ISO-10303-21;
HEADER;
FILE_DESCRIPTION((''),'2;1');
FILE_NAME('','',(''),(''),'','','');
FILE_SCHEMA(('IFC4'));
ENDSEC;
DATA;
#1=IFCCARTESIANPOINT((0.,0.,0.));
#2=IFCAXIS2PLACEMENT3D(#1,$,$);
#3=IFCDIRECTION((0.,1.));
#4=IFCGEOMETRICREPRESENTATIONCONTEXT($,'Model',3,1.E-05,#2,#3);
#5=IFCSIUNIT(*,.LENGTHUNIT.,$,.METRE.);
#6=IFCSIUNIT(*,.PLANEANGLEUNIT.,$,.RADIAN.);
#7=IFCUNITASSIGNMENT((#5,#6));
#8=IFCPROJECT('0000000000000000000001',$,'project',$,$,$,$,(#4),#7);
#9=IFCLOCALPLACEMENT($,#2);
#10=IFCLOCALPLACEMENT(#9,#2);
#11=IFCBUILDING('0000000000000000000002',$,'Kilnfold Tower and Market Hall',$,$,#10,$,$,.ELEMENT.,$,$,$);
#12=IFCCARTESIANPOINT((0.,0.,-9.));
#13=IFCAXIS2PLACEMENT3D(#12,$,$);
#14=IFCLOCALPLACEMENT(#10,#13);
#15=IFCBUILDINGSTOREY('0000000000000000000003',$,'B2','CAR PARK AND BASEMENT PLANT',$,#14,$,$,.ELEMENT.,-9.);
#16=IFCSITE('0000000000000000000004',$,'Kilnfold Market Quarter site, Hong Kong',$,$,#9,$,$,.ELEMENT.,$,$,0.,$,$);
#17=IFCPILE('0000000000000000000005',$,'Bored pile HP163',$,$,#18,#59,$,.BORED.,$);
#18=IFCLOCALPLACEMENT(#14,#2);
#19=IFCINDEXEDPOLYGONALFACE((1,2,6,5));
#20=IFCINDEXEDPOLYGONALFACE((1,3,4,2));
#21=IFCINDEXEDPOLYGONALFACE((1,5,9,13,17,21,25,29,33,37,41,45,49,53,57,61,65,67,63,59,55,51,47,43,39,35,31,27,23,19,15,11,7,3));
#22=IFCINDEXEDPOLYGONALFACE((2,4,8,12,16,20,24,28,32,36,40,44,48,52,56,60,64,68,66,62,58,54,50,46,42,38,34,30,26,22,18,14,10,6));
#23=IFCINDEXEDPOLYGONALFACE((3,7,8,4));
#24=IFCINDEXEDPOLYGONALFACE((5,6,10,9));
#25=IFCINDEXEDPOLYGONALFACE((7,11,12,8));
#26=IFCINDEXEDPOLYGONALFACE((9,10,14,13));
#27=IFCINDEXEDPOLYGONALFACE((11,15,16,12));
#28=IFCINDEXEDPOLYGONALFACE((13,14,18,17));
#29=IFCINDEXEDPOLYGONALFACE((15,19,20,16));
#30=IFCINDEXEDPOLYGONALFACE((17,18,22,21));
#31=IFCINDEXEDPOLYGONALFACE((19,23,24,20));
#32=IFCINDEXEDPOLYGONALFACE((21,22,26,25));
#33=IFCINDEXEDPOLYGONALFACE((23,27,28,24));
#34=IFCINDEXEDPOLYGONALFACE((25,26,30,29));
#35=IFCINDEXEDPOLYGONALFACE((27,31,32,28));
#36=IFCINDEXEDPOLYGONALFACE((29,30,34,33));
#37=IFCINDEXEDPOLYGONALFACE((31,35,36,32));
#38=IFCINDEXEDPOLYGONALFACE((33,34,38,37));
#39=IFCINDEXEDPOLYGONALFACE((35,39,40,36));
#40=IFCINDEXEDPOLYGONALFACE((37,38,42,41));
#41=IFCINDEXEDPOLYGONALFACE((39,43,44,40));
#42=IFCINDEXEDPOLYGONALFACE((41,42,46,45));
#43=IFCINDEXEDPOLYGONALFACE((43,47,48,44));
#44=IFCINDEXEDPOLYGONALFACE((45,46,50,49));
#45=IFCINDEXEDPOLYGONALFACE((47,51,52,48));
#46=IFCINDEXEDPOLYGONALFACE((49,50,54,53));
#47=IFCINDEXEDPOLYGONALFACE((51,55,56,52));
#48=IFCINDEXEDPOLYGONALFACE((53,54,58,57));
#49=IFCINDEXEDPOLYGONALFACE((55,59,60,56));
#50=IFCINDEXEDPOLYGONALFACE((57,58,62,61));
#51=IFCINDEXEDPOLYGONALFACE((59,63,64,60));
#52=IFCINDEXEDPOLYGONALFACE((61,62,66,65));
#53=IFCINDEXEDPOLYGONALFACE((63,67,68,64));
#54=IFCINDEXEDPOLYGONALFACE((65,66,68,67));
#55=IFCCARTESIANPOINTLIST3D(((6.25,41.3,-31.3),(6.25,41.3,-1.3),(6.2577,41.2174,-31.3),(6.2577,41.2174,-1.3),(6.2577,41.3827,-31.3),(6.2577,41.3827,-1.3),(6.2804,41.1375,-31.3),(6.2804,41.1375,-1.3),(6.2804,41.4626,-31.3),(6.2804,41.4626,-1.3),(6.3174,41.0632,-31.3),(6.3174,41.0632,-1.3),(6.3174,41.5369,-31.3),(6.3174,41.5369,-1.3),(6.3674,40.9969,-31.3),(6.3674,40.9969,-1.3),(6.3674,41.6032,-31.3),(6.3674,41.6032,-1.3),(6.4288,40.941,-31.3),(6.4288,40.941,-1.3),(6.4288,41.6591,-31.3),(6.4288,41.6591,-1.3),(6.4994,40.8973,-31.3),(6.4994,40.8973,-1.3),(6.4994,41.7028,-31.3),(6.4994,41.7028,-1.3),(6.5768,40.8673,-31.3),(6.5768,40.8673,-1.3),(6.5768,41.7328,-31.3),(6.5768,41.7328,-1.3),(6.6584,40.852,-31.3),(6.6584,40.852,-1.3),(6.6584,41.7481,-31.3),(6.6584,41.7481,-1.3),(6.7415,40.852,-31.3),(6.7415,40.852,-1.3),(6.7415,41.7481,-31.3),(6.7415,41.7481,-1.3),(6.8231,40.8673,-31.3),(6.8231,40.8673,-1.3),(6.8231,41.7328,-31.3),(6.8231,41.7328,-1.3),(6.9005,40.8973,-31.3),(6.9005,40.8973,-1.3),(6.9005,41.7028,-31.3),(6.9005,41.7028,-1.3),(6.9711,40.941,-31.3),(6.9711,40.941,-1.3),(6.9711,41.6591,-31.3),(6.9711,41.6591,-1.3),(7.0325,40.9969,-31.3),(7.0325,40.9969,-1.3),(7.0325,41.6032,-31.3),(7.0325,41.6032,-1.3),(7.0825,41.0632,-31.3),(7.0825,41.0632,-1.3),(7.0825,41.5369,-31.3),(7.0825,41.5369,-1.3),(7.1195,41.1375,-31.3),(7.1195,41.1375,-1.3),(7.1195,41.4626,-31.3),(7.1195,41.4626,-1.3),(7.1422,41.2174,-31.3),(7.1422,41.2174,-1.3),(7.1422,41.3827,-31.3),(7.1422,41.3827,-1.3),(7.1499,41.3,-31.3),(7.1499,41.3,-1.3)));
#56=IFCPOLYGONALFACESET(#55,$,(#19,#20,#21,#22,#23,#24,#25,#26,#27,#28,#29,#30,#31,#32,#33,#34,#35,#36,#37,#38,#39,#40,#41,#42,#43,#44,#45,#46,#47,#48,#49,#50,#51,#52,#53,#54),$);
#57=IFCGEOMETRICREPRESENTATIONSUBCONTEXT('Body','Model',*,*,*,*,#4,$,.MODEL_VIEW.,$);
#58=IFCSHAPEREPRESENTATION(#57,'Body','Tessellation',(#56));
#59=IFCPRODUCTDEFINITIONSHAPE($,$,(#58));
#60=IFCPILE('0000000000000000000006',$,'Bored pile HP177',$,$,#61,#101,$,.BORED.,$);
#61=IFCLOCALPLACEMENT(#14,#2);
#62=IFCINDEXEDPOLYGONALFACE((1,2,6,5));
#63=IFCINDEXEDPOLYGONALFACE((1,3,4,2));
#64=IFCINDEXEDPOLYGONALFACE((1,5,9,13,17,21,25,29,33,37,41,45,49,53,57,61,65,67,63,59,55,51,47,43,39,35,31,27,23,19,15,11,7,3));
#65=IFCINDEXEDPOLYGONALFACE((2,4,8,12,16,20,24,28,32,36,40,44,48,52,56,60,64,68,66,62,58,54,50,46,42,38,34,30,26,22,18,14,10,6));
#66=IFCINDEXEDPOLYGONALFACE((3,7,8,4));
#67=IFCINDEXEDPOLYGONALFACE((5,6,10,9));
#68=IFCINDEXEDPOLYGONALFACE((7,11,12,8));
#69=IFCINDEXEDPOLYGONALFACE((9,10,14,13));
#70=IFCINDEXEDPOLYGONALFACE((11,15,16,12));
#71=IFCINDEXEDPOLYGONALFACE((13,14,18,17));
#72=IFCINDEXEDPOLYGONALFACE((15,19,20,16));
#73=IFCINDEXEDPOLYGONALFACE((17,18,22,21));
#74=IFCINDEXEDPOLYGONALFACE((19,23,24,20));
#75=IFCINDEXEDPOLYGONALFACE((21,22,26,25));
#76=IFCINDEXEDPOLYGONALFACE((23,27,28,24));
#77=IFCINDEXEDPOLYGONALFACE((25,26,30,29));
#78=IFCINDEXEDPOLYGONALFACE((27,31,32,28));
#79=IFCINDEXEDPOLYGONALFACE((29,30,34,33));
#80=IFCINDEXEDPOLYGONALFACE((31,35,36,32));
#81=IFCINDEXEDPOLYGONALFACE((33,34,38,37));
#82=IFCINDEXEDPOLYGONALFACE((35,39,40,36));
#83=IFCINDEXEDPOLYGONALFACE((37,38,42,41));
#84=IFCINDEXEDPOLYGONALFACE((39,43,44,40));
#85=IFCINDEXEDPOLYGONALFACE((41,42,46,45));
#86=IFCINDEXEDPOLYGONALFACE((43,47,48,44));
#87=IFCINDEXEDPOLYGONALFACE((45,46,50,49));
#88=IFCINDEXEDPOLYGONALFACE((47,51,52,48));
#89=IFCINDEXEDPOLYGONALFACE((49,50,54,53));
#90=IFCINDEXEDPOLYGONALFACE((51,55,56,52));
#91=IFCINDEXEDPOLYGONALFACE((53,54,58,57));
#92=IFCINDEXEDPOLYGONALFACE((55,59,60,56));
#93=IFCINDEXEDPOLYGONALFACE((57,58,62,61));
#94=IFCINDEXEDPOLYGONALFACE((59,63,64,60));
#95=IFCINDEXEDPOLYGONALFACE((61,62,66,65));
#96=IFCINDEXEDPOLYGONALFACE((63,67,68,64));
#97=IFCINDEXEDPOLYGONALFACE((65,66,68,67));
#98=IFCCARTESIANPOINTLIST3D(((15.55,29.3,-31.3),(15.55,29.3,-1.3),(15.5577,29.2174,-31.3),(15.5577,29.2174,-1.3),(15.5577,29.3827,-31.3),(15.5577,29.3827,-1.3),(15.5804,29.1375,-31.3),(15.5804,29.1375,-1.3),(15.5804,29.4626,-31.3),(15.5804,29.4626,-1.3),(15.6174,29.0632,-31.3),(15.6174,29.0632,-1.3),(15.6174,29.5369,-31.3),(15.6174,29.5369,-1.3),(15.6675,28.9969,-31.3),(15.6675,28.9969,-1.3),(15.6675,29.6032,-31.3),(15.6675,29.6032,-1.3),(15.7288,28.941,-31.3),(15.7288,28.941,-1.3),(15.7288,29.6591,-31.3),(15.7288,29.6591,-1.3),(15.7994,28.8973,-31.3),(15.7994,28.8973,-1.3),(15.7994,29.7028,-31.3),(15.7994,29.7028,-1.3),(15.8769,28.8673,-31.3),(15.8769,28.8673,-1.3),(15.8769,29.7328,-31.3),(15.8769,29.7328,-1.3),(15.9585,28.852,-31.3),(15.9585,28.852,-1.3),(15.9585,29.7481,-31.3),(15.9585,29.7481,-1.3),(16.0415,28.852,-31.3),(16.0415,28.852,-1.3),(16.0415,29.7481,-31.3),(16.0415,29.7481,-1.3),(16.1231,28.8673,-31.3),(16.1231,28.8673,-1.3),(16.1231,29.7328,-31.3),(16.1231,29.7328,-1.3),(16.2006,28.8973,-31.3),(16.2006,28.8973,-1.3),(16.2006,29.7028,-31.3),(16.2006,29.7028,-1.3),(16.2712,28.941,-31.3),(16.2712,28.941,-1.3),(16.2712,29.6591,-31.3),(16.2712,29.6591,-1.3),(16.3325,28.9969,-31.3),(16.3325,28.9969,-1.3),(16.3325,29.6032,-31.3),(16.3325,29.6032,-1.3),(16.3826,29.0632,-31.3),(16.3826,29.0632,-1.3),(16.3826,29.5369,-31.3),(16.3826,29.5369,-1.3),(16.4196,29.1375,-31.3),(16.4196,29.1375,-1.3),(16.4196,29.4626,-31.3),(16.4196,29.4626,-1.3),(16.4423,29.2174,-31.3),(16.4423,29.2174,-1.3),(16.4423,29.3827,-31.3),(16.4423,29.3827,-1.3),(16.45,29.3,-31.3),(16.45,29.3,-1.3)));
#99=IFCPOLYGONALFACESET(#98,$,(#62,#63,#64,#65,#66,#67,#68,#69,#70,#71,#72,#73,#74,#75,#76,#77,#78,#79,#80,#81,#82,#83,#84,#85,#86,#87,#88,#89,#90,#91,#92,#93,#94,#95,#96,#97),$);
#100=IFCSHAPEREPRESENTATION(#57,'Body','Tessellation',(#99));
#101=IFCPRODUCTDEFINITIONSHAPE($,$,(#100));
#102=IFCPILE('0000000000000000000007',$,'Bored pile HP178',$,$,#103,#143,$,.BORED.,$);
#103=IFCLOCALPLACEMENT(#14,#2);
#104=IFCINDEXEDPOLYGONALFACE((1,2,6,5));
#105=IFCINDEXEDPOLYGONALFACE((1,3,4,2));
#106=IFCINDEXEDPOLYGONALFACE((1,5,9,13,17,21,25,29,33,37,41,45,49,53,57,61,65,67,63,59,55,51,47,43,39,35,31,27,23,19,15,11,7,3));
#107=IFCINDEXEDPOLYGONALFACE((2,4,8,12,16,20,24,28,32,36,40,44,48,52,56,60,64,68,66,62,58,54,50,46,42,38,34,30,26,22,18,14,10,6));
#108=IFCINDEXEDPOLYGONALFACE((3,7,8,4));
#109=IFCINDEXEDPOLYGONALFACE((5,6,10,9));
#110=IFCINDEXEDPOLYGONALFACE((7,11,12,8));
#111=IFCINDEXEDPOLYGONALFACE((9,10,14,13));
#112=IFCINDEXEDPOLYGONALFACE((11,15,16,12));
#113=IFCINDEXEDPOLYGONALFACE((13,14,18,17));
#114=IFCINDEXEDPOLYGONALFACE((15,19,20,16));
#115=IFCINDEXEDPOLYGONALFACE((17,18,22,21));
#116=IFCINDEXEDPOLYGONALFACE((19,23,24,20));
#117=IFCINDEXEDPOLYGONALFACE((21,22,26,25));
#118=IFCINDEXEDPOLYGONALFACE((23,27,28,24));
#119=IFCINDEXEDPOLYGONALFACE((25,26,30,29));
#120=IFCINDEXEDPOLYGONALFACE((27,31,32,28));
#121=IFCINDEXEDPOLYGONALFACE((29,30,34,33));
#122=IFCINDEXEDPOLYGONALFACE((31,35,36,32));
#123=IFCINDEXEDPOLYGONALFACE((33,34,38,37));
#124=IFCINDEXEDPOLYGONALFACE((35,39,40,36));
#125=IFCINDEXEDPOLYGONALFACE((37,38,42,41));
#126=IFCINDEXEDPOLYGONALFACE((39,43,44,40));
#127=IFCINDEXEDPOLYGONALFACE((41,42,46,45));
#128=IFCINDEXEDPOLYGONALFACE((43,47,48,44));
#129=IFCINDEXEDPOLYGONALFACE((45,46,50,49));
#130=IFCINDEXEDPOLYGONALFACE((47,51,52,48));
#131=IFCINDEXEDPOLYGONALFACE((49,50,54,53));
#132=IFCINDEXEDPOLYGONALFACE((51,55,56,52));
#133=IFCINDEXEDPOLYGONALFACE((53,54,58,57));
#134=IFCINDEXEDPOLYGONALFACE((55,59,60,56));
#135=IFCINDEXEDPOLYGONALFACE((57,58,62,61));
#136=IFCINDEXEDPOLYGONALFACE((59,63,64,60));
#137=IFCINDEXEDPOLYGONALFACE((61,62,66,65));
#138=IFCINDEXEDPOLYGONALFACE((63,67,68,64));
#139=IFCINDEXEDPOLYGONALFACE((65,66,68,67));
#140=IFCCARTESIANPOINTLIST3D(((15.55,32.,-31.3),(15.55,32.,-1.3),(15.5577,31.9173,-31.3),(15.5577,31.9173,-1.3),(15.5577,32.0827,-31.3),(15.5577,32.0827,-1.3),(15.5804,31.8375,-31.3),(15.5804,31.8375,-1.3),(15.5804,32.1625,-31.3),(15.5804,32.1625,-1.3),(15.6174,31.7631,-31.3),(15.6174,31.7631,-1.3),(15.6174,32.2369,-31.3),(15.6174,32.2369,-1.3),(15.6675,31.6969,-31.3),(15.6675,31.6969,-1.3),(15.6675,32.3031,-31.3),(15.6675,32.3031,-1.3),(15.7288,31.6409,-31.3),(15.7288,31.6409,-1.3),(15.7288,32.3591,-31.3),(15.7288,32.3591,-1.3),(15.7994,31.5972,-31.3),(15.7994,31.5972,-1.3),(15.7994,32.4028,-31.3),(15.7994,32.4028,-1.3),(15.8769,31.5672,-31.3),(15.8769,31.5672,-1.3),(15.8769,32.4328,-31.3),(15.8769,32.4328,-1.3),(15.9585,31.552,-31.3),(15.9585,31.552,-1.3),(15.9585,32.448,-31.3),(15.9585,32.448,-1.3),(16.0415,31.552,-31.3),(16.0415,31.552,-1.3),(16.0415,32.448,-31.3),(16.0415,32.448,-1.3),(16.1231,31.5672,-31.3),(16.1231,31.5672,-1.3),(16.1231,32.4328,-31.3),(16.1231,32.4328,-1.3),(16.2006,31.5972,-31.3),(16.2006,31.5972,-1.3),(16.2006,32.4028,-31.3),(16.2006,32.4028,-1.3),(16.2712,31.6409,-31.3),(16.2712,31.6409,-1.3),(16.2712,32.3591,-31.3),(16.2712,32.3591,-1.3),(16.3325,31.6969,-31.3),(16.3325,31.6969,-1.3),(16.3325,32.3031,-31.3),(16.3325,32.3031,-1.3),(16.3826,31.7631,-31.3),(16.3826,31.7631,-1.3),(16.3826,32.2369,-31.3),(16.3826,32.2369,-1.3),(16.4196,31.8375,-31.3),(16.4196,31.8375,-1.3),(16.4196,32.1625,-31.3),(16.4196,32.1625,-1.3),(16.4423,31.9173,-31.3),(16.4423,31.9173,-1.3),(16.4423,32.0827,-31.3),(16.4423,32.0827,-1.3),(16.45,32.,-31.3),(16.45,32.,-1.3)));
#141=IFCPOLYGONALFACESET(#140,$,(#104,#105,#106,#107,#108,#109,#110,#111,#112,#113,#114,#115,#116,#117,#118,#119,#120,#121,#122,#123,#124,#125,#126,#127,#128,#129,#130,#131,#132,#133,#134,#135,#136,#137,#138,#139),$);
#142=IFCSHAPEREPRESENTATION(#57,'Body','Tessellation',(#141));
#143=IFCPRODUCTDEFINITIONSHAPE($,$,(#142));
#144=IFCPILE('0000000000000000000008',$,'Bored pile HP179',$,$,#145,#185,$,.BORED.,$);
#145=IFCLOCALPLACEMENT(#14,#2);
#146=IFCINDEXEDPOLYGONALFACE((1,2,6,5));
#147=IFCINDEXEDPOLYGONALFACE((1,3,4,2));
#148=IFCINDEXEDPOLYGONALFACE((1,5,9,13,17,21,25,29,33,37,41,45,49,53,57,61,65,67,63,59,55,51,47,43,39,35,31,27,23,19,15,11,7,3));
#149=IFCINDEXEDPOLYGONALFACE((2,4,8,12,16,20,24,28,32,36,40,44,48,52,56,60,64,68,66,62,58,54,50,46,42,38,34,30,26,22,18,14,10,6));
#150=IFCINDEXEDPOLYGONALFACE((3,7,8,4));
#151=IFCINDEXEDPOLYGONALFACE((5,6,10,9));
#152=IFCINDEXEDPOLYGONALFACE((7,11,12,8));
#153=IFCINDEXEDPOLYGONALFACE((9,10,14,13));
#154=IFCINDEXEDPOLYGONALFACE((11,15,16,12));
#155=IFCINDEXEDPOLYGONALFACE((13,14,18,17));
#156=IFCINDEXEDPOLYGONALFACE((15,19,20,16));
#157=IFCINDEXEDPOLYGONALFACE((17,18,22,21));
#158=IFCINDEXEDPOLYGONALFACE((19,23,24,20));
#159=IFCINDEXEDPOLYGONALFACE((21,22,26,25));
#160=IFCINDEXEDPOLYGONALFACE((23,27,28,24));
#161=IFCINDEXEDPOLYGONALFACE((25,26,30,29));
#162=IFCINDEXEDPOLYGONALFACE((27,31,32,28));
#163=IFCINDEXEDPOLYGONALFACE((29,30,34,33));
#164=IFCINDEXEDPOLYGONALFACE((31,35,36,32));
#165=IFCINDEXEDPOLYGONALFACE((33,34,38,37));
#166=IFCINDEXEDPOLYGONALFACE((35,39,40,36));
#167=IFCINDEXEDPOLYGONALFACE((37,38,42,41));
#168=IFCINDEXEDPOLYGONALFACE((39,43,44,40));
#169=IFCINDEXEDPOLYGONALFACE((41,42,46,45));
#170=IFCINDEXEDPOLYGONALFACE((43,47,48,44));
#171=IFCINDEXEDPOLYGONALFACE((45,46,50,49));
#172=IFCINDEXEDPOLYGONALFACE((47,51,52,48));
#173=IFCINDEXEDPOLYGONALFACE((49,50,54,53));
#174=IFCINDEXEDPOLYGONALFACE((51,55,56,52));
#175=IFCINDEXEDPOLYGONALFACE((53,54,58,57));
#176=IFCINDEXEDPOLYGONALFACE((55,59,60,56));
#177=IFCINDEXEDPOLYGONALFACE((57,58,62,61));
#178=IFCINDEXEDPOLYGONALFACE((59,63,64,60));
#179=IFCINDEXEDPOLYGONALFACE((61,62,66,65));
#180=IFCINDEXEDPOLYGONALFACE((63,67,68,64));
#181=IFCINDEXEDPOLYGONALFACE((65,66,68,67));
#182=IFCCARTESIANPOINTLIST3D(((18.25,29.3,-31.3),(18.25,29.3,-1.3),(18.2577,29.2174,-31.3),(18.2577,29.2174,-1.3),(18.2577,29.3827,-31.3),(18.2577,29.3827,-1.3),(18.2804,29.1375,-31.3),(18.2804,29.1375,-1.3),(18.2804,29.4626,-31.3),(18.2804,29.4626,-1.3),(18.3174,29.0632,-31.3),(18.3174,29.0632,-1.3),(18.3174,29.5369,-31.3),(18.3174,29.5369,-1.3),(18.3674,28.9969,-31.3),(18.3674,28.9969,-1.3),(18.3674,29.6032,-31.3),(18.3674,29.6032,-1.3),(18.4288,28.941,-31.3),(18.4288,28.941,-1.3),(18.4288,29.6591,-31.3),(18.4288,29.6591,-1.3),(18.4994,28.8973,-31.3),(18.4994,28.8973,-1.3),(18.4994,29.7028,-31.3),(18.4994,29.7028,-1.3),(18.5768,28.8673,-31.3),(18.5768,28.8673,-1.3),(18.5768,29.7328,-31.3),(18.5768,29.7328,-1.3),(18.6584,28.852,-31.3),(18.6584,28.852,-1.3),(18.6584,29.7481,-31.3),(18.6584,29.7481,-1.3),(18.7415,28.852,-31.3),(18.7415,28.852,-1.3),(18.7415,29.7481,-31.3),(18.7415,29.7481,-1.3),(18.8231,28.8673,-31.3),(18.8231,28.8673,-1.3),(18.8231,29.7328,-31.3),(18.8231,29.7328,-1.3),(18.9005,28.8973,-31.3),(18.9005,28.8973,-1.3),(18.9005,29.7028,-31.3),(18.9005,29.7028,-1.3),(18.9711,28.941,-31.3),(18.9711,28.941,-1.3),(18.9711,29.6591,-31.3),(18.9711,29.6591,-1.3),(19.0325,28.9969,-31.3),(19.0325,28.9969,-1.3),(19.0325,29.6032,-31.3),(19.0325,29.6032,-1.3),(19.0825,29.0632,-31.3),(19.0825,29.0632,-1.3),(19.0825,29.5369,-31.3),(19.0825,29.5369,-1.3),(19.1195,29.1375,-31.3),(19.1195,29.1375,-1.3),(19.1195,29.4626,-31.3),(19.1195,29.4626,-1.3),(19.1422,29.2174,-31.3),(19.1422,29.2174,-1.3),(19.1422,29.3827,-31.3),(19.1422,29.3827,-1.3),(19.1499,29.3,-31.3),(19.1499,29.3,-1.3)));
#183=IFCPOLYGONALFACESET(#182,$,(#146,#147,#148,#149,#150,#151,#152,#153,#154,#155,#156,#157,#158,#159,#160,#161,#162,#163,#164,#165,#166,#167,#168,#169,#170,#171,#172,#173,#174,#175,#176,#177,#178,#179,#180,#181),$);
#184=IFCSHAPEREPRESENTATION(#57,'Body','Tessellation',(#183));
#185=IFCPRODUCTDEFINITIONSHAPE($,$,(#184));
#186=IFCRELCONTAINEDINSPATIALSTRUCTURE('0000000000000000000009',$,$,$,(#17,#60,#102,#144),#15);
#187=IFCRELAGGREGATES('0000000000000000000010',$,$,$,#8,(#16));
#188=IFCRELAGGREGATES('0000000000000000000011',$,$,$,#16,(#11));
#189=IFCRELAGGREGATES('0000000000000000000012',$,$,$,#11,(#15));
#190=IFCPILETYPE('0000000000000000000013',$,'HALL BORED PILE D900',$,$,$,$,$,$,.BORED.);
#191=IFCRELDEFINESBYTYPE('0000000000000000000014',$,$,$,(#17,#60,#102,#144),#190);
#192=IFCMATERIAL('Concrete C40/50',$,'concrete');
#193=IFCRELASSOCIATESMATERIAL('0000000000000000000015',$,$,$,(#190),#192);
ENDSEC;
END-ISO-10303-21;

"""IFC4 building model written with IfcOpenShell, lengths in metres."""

from ifc_helpers import new_model, si_unit, direction, frame, origin, origin_2d, place, context, subcontext, project, spatial, circle, extrude, source, transform, mapped, material, material_profile, profile_set, type_object, element, save


model = new_model("IFC4")

# Units and contexts
model_context = context("Model", 3, precision=1e-05, world=origin(), true_north=direction((0.0, 1.0)))
body_context = subcontext(model_context, "Body", "Model", "MODEL_VIEW")
ifc_project = project(units=[si_unit("LENGTHUNIT", "METRE"), si_unit("PLANEANGLEUNIT", "RADIAN")], contexts=[model_context])

# Site, building, storey
site_placement = place(None, origin())
site = spatial("IfcSite", under=ifc_project, at=site_placement, Name="Kilnfold Market Quarter site, Hong Kong", CompositionType="ELEMENT", RefElevation=0.0)
building_placement = place(site_placement, origin())
building = spatial("IfcBuilding", under=site, at=building_placement, Name="Kilnfold Tower and Market Hall", CompositionType="ELEMENT")
storey_placement = place(building_placement, frame((0.0, 0.0, -9.0)))
storey = spatial("IfcBuildingStorey", under=building, at=storey_placement, Name="B2", Description="CAR PARK AND BASEMENT PLANT", CompositionType="ELEMENT", Elevation=-9.0)

# Piles
ifc_material_1 = material(Name="Concrete C40/50", Category="concrete")
ifc_material_profile_1 = material_profile(ifc_material_1, circle(Radius=0.45, at=origin_2d()), Name="D900")
ifc_profile_set_1 = profile_set([ifc_material_profile_1], Name="Concrete C40/50")
pile_type_1 = type_object("IfcPileType", Name="HALL BORED PILE D900", PredefinedType="BORED", material=ifc_profile_set_1)
shared_shape_1 = source(origin(), body_context, "Body", "SweptSolid", [
    extrude(circle(Radius=0.45, at=origin_2d()), origin(), (0.0, 0.0, 1.0), 30.0),
])
for number, where, z_axis, x_axis, name in (
    (1, (6.7, 41.3, -1.3), (0.0, 0.0, -1.0), (1.0, 0.0, 0.0), "Bored pile HP163"),
    (2, (16.0, 29.3, -1.3), (0.0, 0.0, -1.0), (1.0, 0.0, 0.0), "Bored pile HP177"),
    (3, (16.0, 32.0, -1.3), (0.0, 0.0, -1.0), (1.0, 0.0, 0.0), "Bored pile HP178"),
    (4, (18.7, 29.3, -1.3), (0.0, 0.0, -1.0), (1.0, 0.0, 0.0), "Bored pile HP179"),
):
    element("IfcPile", number, at=place(storey_placement, frame(where, z_axis=z_axis, x_axis=x_axis)), inside=storey, type_object=pile_type_1, Name=name, PredefinedType="BORED", context=body_context, shape_type="MappedRepresentation", body=[
        mapped(shared_shape_1, transform((0.0, 0.0, 0.0))),
    ])

save(model, "model.ifc")
